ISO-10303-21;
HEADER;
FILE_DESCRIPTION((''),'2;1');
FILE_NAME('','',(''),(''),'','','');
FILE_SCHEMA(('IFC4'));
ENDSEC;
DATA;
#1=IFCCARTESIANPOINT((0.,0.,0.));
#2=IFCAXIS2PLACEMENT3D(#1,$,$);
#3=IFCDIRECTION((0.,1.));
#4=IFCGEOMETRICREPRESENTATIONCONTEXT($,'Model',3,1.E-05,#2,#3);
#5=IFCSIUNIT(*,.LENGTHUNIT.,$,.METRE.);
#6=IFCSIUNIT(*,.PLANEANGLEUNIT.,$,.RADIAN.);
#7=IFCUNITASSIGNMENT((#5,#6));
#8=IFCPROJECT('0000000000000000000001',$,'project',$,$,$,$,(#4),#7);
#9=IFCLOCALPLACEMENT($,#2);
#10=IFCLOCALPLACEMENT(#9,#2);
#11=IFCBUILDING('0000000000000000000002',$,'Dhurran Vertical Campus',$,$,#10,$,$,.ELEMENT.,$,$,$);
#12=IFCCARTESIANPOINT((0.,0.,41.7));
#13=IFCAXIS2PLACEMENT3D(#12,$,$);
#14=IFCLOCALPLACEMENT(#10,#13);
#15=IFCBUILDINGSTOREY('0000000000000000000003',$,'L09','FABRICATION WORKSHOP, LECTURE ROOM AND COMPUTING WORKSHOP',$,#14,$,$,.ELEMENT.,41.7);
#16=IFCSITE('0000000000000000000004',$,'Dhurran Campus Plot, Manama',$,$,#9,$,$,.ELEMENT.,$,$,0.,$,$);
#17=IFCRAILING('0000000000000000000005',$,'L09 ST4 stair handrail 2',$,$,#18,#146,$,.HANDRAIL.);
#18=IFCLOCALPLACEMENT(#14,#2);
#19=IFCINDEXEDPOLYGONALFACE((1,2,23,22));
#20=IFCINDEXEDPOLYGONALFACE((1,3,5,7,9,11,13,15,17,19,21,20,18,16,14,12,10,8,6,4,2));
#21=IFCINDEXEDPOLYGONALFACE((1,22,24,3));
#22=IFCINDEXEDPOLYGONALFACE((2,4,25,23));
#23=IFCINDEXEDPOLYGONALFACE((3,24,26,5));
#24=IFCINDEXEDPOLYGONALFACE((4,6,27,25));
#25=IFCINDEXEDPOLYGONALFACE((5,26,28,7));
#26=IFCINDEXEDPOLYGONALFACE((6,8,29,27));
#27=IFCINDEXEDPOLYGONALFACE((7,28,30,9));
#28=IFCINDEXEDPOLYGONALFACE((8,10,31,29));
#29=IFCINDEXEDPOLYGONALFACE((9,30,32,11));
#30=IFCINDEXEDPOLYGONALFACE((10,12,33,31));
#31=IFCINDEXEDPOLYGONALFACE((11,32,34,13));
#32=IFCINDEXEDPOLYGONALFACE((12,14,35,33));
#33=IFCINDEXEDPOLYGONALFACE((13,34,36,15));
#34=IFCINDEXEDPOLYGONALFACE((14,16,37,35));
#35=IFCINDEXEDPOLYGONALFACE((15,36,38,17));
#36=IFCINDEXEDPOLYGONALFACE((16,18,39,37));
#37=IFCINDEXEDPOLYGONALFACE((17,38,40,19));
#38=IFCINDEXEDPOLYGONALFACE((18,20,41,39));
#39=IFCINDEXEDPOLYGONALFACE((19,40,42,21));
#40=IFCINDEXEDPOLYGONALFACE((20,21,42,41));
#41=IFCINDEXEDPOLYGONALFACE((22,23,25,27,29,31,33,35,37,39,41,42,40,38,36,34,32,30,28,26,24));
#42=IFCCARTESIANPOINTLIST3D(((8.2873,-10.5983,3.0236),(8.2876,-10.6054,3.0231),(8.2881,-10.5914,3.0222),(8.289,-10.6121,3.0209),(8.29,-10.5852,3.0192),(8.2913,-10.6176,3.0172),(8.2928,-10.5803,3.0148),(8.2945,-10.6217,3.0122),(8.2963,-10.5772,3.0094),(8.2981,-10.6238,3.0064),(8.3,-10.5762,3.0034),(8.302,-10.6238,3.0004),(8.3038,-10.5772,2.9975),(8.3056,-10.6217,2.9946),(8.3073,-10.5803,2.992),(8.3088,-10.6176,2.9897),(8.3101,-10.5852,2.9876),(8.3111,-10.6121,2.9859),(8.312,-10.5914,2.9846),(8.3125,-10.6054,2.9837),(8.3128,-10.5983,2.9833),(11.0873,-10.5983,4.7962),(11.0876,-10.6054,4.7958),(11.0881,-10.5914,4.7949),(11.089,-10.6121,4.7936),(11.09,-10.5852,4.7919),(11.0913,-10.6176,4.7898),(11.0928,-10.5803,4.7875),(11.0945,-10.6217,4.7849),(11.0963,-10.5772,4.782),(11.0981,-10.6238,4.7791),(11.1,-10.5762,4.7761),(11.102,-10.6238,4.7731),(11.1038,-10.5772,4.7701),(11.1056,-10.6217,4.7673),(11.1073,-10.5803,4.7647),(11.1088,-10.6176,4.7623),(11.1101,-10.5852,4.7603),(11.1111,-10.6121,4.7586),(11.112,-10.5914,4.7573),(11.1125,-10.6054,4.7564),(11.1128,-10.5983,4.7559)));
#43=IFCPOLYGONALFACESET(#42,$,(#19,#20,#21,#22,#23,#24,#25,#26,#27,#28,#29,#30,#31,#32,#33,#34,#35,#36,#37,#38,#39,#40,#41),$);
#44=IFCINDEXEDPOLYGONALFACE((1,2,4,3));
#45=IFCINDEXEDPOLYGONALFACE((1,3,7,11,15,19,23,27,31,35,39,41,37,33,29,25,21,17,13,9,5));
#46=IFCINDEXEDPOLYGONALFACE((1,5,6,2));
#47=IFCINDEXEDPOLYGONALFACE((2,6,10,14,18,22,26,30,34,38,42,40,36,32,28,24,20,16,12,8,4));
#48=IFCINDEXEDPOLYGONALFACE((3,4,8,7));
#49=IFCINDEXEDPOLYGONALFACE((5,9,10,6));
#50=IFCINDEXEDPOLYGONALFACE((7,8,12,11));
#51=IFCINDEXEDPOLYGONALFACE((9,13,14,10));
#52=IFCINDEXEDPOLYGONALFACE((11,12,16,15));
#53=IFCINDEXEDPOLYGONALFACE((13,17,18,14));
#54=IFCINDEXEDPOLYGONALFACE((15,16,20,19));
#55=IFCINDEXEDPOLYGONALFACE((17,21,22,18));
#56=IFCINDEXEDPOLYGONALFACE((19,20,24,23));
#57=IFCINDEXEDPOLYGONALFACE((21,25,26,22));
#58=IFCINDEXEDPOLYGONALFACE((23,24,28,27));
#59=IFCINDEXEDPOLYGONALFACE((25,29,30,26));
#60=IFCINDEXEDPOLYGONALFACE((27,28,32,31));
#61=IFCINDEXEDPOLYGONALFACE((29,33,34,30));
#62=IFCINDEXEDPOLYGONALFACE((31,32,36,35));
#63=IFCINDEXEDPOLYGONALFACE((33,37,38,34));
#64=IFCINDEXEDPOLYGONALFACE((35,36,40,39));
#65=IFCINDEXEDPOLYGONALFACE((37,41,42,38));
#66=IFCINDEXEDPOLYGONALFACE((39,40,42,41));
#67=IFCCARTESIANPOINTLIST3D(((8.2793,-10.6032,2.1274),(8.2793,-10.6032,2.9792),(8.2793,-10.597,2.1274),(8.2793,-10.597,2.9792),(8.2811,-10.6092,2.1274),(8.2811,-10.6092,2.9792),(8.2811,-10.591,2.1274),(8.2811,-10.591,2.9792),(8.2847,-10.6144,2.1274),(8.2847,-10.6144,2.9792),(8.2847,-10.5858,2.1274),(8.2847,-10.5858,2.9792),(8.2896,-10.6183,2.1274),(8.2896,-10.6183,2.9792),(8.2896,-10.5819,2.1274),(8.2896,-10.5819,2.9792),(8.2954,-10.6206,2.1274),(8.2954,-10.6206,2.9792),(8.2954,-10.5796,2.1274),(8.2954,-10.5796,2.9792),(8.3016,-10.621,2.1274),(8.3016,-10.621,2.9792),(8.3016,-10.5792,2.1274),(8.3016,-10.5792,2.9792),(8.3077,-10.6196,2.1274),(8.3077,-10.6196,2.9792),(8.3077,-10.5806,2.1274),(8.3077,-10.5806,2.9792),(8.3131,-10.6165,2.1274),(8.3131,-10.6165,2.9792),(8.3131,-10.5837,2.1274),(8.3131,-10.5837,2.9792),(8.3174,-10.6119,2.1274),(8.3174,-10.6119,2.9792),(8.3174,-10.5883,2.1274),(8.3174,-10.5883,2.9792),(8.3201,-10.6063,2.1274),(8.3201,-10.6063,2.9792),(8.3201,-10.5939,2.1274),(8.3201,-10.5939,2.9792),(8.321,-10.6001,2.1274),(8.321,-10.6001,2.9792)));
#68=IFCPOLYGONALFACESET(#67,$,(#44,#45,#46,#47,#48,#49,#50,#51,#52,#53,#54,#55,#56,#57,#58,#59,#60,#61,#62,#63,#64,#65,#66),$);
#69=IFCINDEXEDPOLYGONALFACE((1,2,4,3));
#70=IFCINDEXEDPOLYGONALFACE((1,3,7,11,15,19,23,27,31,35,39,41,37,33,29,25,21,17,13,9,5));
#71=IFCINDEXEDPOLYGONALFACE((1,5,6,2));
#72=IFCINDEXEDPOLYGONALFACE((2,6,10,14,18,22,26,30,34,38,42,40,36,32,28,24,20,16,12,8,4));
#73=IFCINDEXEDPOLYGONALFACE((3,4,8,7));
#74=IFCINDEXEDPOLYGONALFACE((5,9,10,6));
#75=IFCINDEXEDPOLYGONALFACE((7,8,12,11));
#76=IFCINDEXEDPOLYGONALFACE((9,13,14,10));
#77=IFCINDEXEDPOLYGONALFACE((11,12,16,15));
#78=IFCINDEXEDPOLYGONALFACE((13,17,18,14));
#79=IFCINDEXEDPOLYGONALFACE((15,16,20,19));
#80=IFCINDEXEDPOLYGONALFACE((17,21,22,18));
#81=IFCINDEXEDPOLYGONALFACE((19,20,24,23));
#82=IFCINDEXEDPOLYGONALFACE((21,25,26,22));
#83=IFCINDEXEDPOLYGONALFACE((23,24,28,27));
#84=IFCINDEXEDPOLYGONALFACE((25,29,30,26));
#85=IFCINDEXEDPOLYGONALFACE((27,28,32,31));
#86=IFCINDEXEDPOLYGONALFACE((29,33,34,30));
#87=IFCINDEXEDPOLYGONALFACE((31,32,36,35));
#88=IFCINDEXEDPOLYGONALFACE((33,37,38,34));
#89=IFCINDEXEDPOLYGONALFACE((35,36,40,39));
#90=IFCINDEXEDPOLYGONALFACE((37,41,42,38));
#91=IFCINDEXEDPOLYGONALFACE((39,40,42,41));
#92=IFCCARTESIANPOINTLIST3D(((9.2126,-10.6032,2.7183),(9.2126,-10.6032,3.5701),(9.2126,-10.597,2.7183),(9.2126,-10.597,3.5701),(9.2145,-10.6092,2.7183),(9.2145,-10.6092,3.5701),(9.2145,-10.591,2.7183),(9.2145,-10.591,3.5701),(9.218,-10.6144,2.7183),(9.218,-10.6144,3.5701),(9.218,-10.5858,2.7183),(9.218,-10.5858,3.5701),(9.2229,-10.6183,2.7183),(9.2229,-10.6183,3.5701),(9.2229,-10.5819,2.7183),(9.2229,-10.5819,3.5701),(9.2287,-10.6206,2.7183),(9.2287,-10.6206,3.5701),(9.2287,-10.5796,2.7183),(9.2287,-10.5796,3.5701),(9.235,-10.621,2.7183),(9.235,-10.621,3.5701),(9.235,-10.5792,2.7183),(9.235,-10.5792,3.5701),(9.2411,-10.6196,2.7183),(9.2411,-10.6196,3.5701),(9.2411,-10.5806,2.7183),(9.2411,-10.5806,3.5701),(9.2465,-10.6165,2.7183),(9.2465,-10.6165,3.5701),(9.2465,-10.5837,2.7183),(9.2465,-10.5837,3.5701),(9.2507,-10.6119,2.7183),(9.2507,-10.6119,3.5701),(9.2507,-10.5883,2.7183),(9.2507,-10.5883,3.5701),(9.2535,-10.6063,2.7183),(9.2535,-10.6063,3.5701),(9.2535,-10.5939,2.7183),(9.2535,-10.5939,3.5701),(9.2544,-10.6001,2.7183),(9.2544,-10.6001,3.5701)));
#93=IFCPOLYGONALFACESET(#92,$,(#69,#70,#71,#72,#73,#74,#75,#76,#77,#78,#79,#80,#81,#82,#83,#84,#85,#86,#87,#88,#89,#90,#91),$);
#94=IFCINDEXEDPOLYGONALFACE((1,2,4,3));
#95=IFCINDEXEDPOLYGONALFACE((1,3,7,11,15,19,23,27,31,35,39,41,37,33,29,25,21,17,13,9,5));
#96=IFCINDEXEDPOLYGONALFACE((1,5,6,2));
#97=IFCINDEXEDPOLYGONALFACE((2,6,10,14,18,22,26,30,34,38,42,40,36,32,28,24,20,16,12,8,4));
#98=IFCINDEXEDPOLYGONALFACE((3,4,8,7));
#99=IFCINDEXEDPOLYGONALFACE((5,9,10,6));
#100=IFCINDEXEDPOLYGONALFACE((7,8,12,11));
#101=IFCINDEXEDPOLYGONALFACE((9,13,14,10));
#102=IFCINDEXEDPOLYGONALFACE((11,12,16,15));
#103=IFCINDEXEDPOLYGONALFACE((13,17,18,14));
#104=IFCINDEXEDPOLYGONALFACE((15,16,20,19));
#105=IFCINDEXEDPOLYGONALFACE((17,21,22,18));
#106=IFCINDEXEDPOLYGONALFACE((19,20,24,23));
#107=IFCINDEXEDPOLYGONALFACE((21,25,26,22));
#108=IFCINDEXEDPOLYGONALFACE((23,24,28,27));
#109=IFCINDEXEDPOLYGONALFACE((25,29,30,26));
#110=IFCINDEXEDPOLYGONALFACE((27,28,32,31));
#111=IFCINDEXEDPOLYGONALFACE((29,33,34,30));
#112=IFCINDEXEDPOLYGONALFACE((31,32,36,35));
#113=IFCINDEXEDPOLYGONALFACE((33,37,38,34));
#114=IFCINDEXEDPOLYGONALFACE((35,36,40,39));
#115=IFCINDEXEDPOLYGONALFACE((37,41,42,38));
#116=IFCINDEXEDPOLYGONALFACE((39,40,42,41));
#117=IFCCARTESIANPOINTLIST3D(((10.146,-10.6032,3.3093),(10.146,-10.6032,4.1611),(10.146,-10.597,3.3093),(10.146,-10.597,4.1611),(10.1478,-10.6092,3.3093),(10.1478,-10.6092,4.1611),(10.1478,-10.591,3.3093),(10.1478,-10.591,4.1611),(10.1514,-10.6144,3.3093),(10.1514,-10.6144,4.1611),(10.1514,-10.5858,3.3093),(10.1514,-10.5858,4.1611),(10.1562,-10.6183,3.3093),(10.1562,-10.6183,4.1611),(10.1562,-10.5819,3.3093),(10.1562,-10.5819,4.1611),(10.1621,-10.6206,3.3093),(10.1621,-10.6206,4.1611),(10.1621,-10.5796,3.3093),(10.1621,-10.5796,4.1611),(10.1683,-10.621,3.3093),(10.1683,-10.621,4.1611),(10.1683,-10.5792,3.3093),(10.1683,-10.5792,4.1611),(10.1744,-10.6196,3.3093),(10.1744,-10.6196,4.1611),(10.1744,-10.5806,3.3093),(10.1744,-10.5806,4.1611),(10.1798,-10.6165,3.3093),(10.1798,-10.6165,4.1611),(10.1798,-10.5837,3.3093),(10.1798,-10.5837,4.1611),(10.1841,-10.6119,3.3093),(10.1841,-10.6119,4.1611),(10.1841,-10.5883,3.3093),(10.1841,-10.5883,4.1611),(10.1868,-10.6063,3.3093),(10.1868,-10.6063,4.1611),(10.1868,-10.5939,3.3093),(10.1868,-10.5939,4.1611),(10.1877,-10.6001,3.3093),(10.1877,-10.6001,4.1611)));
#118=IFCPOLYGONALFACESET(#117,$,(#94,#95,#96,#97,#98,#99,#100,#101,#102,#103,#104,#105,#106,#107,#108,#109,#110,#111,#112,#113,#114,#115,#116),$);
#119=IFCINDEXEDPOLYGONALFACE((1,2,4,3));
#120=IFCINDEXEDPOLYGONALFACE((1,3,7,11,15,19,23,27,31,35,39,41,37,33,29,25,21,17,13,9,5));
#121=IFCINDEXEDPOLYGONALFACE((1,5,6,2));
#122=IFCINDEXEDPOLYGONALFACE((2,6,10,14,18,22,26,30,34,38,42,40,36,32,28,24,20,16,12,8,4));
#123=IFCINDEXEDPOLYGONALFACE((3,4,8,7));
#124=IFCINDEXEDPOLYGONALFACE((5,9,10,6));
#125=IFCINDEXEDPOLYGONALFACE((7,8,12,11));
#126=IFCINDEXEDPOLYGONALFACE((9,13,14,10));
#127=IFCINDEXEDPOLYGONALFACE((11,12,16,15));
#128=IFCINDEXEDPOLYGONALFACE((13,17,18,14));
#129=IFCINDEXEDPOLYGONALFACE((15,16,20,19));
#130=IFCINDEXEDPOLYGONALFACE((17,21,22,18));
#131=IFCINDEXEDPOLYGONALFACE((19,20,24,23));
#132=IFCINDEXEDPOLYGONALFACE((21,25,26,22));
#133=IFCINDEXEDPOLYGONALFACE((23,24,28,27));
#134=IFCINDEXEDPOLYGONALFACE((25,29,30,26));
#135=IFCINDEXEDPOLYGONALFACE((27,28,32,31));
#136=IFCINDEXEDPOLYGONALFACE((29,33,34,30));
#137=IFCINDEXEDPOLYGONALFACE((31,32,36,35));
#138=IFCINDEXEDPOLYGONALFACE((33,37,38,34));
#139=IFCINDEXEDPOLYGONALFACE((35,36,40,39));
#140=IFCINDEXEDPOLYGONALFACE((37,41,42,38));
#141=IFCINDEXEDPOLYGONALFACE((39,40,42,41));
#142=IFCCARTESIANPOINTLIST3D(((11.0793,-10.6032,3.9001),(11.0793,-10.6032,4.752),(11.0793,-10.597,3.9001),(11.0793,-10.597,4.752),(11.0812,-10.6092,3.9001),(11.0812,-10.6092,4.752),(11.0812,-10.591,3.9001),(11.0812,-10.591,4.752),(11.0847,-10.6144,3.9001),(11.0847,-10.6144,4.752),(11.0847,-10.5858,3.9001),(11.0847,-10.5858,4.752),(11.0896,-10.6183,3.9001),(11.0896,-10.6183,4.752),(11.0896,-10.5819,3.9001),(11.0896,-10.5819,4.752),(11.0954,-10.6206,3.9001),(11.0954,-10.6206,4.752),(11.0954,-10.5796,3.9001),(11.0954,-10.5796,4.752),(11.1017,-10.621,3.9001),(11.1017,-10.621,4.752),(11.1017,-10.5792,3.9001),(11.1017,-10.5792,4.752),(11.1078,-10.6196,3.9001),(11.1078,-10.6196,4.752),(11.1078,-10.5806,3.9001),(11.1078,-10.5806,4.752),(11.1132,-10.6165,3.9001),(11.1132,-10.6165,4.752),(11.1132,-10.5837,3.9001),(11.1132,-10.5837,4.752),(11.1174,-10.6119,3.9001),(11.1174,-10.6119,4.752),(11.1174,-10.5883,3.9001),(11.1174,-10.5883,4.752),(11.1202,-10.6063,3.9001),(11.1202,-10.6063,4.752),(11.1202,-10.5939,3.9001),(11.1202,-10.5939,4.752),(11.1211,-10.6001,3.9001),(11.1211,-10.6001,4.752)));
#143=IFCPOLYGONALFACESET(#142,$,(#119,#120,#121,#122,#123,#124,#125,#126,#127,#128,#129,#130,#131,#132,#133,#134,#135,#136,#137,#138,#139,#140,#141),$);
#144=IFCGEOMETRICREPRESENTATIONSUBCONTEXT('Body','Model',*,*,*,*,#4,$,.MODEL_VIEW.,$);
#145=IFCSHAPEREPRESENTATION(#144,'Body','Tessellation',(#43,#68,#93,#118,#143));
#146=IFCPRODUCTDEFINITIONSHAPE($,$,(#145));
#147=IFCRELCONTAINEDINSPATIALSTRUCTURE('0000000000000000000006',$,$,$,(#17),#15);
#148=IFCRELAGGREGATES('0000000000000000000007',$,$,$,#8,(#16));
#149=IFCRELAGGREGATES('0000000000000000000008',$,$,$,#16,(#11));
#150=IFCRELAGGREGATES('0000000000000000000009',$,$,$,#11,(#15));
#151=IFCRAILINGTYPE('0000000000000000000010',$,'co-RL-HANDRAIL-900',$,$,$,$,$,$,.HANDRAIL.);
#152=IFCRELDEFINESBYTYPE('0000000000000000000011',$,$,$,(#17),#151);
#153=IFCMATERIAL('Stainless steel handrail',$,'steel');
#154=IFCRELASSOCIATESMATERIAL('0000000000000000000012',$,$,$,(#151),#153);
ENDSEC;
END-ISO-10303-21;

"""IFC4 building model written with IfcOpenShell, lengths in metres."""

from ifc_helpers import new_model, si_unit, direction, frame, origin, origin_2d, place, context, subcontext, project, spatial, circle, extrude, material, type_object, element, save


model = new_model("IFC4")

# Units and contexts
model_context = context("Model", 3, precision=1e-05, world=origin(), true_north=direction((0.0, 1.0)))
body_context = subcontext(model_context, "Body", "Model", "MODEL_VIEW")
ifc_project = project(units=[si_unit("LENGTHUNIT", "METRE"), si_unit("PLANEANGLEUNIT", "RADIAN")], contexts=[model_context])

# Site, building, storey
site_placement = place(None, origin())
site = spatial("IfcSite", under=ifc_project, at=site_placement, Name="Dhurran Campus Plot, Manama", CompositionType="ELEMENT", RefElevation=0.0)
building_placement = place(site_placement, origin())
building = spatial("IfcBuilding", under=site, at=building_placement, Name="Dhurran Vertical Campus", CompositionType="ELEMENT")
storey_placement = place(building_placement, frame((0.0, 0.0, 41.7)))
storey = spatial("IfcBuildingStorey", under=building, at=storey_placement, Name="L09", Description="FABRICATION WORKSHOP, LECTURE ROOM AND COMPUTING WORKSHOP", CompositionType="ELEMENT", Elevation=41.7)

# Railing
ifc_material_1 = material(Name="Stainless steel handrail", Category="steel")
railing_type_1 = type_object("IfcRailingType", Name="co-RL-HANDRAIL-900", PredefinedType="HANDRAIL", material=ifc_material_1)
railing_1_placement = place(storey_placement, frame((8.3, -10.6001, 2.1274)))
element("IfcRailing", 1, at=railing_1_placement, inside=storey, type_object=railing_type_1, Name="L09 ST4 stair handrail 2", PredefinedType="HANDRAIL", context=body_context, shape_type="SweptSolid", body=[
    extrude(circle(Radius=0.0239, at=origin_2d()), frame((0.0, 0.0, 0.876), z_axis=(0.844909, 0.0, 0.53491), x_axis=(0.0, 1.0, 0.0)), (0.0, 0.0, 1.0), 3.314),
    extrude(circle(Radius=0.021, at=origin_2d()), origin(), (0.0, 0.0, 1.0), 0.8518),
    extrude(circle(Radius=0.021, at=origin_2d()), frame((0.9333, 0.0, 0.5908)), (0.0, 0.0, 1.0), 0.8518),
    extrude(circle(Radius=0.021, at=origin_2d()), frame((1.8667, 0.0, 1.1819)), (0.0, 0.0, 1.0), 0.8518),
    extrude(circle(Radius=0.021, at=origin_2d()), frame((2.8, 0.0, 1.7727)), (0.0, 0.0, 1.0), 0.8518),
])

save(model, "model.ifc")
